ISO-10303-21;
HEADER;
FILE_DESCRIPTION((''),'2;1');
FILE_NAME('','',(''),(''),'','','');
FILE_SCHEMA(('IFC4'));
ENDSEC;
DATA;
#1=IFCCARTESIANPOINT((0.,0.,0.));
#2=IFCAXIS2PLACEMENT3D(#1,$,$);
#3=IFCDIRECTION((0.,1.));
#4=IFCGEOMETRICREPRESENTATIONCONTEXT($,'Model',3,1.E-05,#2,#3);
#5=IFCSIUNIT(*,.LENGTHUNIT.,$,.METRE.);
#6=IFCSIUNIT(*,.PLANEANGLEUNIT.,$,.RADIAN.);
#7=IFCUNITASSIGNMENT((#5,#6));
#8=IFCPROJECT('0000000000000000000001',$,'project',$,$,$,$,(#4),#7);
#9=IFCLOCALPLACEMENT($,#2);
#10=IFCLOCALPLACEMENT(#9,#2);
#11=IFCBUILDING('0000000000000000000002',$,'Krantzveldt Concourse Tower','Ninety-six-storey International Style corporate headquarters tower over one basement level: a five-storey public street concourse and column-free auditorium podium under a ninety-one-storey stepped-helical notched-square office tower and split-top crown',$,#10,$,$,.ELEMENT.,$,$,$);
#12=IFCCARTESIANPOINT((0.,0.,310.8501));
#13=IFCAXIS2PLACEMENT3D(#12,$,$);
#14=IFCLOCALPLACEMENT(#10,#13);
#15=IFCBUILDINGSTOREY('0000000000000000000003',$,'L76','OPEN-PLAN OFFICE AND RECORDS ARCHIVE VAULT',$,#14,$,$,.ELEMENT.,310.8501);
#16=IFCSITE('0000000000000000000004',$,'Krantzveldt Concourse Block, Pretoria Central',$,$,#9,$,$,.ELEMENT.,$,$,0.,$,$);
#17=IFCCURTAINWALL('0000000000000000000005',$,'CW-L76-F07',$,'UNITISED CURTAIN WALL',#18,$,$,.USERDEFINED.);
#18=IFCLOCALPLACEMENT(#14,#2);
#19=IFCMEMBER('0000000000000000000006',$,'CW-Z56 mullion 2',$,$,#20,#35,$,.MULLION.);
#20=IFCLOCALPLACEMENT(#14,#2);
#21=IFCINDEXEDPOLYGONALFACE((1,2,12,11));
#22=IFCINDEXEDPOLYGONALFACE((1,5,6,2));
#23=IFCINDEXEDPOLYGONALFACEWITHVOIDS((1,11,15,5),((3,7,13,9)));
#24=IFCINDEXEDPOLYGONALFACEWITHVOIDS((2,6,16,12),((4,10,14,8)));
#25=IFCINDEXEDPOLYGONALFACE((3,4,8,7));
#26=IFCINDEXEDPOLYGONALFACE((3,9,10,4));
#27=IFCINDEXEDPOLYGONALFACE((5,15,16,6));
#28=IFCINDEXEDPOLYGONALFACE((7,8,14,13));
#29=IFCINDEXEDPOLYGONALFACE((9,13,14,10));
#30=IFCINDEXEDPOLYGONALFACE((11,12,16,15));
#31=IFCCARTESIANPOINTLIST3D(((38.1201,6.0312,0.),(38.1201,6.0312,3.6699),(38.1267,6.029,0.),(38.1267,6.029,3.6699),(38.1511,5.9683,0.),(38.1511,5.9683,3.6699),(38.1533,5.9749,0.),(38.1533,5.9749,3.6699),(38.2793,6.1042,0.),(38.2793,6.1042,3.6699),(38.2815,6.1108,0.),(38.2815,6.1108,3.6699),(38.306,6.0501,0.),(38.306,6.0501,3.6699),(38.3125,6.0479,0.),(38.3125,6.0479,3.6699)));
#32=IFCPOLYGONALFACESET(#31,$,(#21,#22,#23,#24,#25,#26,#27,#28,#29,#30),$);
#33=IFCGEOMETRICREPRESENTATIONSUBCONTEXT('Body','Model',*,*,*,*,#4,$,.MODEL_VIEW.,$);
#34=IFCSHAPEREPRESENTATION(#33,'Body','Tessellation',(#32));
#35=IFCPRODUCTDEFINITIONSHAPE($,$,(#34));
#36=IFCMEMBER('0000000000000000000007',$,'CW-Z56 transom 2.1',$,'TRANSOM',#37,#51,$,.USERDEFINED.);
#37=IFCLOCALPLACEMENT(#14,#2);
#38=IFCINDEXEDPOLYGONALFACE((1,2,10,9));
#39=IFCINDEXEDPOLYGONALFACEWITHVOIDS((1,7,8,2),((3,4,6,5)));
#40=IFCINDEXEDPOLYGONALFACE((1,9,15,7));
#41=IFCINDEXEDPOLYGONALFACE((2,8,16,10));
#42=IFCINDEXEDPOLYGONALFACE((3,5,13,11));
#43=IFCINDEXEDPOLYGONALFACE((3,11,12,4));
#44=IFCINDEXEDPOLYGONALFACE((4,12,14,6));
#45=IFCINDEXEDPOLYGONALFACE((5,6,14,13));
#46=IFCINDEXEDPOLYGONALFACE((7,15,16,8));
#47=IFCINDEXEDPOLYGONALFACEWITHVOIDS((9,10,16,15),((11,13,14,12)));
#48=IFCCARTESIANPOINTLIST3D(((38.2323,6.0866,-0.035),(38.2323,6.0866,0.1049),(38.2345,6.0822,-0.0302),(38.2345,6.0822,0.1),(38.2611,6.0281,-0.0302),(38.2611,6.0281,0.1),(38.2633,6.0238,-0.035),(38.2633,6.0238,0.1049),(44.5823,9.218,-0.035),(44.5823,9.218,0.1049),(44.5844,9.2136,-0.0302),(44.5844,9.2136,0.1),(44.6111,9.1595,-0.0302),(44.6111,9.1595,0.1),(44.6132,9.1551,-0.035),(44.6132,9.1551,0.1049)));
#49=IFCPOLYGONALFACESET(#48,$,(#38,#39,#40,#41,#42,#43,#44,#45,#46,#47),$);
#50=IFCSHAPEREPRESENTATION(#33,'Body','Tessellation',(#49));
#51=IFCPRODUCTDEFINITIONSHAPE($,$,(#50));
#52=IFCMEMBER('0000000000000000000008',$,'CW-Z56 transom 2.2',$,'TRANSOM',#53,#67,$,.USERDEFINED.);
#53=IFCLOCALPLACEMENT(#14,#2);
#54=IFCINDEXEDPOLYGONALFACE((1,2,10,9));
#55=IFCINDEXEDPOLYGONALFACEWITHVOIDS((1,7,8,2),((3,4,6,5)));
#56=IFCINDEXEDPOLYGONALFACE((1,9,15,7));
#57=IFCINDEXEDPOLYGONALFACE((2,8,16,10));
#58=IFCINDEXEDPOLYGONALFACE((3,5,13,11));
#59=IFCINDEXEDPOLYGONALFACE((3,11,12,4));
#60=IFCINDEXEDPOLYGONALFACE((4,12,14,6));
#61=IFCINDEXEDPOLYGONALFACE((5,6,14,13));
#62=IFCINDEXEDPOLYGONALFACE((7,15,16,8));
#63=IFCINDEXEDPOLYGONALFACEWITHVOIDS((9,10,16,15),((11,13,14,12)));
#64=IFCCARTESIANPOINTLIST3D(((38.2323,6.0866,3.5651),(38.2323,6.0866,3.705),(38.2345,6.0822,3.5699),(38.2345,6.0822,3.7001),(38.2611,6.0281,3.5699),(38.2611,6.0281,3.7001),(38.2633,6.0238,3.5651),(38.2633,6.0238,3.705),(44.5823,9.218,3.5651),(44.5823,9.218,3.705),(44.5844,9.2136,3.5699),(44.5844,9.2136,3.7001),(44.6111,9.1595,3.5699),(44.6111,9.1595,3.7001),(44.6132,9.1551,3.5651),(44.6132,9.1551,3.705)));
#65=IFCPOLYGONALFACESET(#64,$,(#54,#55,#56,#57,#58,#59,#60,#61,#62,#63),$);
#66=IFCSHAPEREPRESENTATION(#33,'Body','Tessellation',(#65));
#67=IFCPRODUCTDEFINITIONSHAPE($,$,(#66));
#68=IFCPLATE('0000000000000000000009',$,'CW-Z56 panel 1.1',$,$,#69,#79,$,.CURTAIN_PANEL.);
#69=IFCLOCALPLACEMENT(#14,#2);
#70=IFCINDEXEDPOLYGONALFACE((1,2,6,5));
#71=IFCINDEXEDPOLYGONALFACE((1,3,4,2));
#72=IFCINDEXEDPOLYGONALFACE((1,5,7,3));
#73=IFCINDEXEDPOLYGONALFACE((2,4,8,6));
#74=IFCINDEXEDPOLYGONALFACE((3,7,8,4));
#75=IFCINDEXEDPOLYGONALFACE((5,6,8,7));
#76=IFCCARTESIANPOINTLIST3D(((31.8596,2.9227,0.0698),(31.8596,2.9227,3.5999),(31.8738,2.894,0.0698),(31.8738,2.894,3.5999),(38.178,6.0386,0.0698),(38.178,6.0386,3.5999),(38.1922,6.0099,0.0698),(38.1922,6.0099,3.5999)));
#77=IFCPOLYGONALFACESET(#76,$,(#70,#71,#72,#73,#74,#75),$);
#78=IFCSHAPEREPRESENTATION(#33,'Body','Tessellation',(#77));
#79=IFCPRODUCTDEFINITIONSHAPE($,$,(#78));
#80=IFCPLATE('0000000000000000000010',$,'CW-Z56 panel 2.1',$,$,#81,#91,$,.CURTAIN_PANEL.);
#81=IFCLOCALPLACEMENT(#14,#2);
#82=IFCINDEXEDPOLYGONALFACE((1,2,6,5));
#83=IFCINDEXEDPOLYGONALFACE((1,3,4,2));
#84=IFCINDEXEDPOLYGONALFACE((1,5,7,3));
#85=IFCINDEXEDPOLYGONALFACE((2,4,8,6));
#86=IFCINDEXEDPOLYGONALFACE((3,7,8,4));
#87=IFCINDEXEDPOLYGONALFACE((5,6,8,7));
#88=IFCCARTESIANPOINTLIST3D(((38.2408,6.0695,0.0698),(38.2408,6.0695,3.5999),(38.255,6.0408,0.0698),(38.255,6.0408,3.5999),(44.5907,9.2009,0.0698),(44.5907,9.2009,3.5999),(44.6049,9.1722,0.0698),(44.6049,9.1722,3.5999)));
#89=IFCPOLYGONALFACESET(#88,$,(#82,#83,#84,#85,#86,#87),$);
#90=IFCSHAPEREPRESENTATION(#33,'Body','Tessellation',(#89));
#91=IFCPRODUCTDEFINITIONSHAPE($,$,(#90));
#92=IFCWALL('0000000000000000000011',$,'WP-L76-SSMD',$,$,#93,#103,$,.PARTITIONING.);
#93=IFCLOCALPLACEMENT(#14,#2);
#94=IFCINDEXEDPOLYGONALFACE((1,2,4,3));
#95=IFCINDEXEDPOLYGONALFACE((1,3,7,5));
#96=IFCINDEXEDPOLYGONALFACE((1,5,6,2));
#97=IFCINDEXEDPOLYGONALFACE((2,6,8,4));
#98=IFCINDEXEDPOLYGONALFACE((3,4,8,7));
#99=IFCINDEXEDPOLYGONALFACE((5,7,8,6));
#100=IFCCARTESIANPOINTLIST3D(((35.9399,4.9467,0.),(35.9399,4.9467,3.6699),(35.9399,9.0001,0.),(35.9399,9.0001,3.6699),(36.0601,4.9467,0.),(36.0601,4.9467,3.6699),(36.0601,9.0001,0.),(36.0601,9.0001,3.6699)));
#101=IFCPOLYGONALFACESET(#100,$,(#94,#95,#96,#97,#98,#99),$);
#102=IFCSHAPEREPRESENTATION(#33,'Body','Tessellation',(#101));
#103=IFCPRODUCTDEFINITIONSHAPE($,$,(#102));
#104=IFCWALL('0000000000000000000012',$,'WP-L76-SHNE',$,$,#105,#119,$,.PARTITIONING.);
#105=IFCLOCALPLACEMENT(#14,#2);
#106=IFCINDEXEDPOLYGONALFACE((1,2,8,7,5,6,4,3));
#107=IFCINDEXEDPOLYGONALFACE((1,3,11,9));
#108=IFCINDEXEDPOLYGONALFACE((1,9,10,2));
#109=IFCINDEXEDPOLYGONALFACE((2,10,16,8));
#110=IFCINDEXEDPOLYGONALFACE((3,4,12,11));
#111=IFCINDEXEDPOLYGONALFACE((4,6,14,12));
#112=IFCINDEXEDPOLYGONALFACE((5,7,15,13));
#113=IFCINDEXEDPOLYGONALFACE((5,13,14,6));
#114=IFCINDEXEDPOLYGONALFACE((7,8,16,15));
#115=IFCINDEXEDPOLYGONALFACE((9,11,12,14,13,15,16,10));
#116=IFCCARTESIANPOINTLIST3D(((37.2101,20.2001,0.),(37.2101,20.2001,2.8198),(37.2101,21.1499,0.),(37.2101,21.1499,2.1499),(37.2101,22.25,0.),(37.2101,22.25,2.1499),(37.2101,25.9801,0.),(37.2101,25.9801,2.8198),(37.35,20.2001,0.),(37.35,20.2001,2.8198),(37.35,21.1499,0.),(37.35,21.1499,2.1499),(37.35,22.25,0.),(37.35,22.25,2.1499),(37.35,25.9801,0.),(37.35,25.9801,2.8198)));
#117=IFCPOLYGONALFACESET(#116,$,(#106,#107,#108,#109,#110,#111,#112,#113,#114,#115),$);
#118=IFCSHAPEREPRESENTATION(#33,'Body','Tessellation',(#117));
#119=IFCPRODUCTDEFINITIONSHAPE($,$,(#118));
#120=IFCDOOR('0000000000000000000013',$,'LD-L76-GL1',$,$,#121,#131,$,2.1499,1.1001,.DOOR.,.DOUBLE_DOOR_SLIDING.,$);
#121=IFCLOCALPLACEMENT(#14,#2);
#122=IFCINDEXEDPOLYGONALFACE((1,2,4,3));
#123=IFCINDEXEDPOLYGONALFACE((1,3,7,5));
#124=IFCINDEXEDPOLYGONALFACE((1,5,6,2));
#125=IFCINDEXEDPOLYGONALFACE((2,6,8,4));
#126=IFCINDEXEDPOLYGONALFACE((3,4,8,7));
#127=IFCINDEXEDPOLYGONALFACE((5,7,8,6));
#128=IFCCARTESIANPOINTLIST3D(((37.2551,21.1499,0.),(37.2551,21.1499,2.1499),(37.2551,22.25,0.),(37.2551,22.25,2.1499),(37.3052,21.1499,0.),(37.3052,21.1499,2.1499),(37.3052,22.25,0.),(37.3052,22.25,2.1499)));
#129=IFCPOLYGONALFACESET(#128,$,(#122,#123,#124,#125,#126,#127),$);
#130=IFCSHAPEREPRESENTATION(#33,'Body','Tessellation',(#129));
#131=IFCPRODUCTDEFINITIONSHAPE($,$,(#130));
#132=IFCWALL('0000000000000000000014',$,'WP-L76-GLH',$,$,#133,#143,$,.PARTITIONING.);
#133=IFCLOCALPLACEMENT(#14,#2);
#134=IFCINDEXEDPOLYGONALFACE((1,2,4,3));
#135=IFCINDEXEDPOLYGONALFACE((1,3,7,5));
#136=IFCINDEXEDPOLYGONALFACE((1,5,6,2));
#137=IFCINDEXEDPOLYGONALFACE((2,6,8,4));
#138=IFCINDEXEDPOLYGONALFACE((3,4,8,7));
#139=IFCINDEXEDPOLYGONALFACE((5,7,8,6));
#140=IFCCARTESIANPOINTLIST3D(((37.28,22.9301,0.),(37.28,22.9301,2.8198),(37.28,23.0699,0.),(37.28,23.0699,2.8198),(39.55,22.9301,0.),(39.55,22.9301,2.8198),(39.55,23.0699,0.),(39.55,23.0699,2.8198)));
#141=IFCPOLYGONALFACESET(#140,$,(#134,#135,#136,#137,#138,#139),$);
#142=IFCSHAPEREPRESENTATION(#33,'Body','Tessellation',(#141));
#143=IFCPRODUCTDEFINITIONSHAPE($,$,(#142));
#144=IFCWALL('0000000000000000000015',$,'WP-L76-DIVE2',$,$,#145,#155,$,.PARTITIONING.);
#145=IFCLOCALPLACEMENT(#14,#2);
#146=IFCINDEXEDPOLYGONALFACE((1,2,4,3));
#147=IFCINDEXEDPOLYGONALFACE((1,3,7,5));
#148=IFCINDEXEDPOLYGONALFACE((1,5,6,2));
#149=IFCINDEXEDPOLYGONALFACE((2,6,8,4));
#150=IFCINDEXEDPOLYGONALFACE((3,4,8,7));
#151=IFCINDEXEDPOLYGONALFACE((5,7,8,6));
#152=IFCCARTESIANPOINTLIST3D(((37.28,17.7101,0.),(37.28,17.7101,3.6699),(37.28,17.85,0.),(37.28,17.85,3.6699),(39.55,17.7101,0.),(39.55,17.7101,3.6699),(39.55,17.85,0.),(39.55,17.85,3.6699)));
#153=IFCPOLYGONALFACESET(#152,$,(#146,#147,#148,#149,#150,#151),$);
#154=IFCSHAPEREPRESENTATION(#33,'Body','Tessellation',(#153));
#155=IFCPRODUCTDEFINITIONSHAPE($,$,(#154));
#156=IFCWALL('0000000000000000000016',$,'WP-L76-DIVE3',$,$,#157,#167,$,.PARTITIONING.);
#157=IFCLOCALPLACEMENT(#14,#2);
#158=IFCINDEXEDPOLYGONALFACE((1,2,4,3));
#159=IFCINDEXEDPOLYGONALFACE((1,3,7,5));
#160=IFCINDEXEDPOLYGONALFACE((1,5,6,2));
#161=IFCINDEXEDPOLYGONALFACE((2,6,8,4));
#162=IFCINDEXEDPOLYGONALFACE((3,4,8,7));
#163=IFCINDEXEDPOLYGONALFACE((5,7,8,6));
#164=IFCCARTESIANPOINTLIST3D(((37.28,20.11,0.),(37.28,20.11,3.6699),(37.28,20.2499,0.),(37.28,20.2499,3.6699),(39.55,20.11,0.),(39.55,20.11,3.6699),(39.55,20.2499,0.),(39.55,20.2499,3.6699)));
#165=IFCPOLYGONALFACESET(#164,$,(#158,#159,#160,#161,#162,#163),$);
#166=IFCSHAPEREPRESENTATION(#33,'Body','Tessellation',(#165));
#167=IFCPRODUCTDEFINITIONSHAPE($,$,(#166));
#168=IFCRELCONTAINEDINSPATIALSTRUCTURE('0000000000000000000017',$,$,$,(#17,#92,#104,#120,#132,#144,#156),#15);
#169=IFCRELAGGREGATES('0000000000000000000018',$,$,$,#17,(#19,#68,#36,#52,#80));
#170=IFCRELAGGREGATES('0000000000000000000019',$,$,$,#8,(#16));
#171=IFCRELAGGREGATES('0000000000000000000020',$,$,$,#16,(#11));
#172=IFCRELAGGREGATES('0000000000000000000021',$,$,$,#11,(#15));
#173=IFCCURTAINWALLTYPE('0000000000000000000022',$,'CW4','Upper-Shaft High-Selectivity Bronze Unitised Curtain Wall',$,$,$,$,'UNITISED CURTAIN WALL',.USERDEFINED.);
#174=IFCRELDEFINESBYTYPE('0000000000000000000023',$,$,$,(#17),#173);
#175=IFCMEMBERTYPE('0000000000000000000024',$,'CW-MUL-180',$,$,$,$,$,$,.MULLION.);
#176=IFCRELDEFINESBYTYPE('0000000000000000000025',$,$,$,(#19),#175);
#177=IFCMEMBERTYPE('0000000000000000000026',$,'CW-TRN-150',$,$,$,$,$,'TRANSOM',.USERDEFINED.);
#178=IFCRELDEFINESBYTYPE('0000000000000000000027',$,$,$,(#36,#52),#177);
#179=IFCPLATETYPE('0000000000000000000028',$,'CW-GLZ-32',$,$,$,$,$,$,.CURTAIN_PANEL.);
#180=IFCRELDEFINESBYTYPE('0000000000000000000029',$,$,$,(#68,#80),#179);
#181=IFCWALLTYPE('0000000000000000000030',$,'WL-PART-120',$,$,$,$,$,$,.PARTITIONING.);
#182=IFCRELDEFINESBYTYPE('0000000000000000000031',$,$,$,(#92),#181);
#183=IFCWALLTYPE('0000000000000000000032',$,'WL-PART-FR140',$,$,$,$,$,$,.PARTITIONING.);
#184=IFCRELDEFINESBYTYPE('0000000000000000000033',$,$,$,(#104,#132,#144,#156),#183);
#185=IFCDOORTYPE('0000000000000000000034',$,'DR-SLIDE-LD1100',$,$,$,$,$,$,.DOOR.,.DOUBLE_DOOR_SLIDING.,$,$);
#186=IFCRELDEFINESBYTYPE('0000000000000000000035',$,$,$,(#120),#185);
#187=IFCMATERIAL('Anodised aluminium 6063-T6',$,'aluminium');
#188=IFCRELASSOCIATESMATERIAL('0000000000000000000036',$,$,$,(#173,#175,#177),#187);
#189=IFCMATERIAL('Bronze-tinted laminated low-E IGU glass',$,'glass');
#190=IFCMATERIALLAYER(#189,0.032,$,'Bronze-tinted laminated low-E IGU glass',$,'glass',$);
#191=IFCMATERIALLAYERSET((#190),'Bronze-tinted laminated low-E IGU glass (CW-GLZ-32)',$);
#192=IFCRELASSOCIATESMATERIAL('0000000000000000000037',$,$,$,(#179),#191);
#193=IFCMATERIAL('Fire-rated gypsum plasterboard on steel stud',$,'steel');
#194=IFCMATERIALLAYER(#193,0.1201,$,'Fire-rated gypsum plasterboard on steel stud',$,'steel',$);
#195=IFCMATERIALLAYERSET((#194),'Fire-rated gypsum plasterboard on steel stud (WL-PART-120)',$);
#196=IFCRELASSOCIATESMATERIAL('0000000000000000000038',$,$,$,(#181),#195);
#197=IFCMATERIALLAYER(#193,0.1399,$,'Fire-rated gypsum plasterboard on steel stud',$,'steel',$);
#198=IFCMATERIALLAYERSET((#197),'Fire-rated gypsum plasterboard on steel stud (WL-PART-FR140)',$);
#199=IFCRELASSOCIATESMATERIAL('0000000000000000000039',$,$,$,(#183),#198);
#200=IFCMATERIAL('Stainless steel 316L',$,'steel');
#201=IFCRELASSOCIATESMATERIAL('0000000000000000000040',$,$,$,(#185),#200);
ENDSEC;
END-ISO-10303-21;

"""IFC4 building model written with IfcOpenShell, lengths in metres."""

from ifc_helpers import new_model, si_unit, direction, frame, frame_2d, origin, origin_2d, place, context, subcontext, project, spatial, rectangle, hollow_rectangle, extrude, source, transform, mapped, material, layer, layer_set, material_profile, profile_set, type_object, type_shapes, element, fill, aggregate, save


model = new_model("IFC4")

# Units and contexts
model_context = context("Model", 3, precision=1e-05, world=origin(), true_north=direction((0.0, 1.0)))
body_context = subcontext(model_context, "Body", "Model", "MODEL_VIEW")
ifc_project = project(units=[si_unit("LENGTHUNIT", "METRE"), si_unit("PLANEANGLEUNIT", "RADIAN")], contexts=[model_context])

# Site, building, storey
site_placement = place(None, origin())
site = spatial("IfcSite", under=ifc_project, at=site_placement, Name="Krantzveldt Concourse Block, Pretoria Central", CompositionType="ELEMENT", RefElevation=0.0)
building_placement = place(site_placement, origin())
building = spatial("IfcBuilding", under=site, at=building_placement, Name="Krantzveldt Concourse Tower", Description="Ninety-six-storey International Style corporate headquarters tower over one basement level: a five-storey public street concourse and column-free auditorium podium under a ninety-one-storey stepped-helical notched-square office tower and split-top crown", CompositionType="ELEMENT")
storey_placement = place(building_placement, frame((0.0, 0.0, 310.8501)))
storey = spatial("IfcBuildingStorey", under=building, at=storey_placement, Name="L76", Description="OPEN-PLAN OFFICE AND RECORDS ARCHIVE VAULT", CompositionType="ELEMENT", Elevation=310.8501)

# Curtain wall, members, plates
ifc_material_1 = material(Name="Anodised aluminium 6063-T6", Category="aluminium")
curtain_wall_type = type_object("IfcCurtainWallType", Name="CW4", Description="Upper-Shaft High-Selectivity Bronze Unitised Curtain Wall", ElementType="UNITISED CURTAIN WALL", PredefinedType="USERDEFINED", material=ifc_material_1)
curtain_wall_placement = place(storey_placement, origin())
curtain_wall = element("IfcCurtainWall", 1, at=curtain_wall_placement, inside=storey, type_object=curtain_wall_type, Name="CW-L76-F07", ObjectType="UNITISED CURTAIN WALL", PredefinedType="USERDEFINED")
ifc_material_profile_1 = material_profile(ifc_material_1, hollow_rectangle(XDim=0.0701, YDim=0.1799, WallThickness=0.0049, at=origin_2d()), Name="Anodised aluminium 6063-T6", Category="aluminium")
ifc_profile_set_1 = profile_set([ifc_material_profile_1], Name="Anodised aluminium 6063-T6 - ALU-MULL 180x70x5")
member_type_1 = type_object("IfcMemberType", Name="CW-MUL-180", PredefinedType="MULLION", material=ifc_profile_set_1)
shared_shape_1 = source(origin(), body_context, "Body", "SweptSolid", [
    extrude(hollow_rectangle(XDim=0.0701, YDim=0.1799, WallThickness=0.0049, at=origin_2d()), origin(), (0.0, 0.0, 1.0), 3.6699),
])
type_shapes(member_type_1, [shared_shape_1])
member_1_placement = place(storey_placement, frame((38.2163, 6.0396, 0.0), z_axis=(0.0, 0.0, 1.0), x_axis=(-0.442289, 0.896873, 0.0)))
member_1 = element("IfcMember", 2, at=member_1_placement, type_object=member_type_1, Name="CW-Z56 mullion 2", PredefinedType="MULLION", context=body_context, shape_type="MappedRepresentation", body=[
    mapped(shared_shape_1, transform((0.0, 0.0, 0.0), x_axis=(1.0, 0.0, 0.0), y_axis=(0.0, 1.0, 0.0), z_axis=(0.0, 0.0, 1.0), scale=1.0)),
])
ifc_material_profile_2 = material_profile(ifc_material_1, hollow_rectangle(XDim=0.0701, YDim=0.1399, WallThickness=0.0049, at=origin_2d()), Name="Anodised aluminium 6063-T6", Category="aluminium")
ifc_profile_set_2 = profile_set([ifc_material_profile_2], Name="Anodised aluminium 6063-T6 - ALU-TRAN 140x70x5")
member_type_2 = type_object("IfcMemberType", Name="CW-TRN-150", ElementType="TRANSOM", PredefinedType="USERDEFINED", material=ifc_profile_set_2)
shared_shape_2 = source(origin(), body_context, "Body", "SweptSolid", [
    extrude(hollow_rectangle(XDim=0.0701, YDim=0.1399, WallThickness=0.0049, at=origin_2d()), origin(), (0.0, 0.0, 1.0), 7.0801),
])
type_shapes(member_type_2, [shared_shape_2])
member_2_placement = place(storey_placement, frame((38.2478, 6.0552, 0.0349), z_axis=(0.896876, 0.442283, 0.0), x_axis=(-0.442283, 0.896876, 0.0)))
member_2 = element("IfcMember", 3, at=member_2_placement, type_object=member_type_2, Name="CW-Z56 transom 2.1", ObjectType="TRANSOM", PredefinedType="USERDEFINED", context=body_context, shape_type="MappedRepresentation", body=[
    mapped(shared_shape_2, transform((0.0, 0.0, 0.0), x_axis=(1.0, 0.0, 0.0), y_axis=(0.0, 1.0, 0.0), z_axis=(0.0, 0.0, 1.0), scale=1.0)),
])
member_3_placement = place(storey_placement, frame((38.2478, 6.0552, 3.635), z_axis=(0.896876, 0.442283, 0.0), x_axis=(-0.442283, 0.896876, 0.0)))
member_3 = element("IfcMember", 4, at=member_3_placement, type_object=member_type_2, Name="CW-Z56 transom 2.2", ObjectType="TRANSOM", PredefinedType="USERDEFINED", context=body_context, shape_type="MappedRepresentation", body=[
    mapped(shared_shape_2, transform((0.0, 0.0, 0.0), x_axis=(1.0, 0.0, 0.0), y_axis=(0.0, 1.0, 0.0), z_axis=(0.0, 0.0, 1.0), scale=1.0)),
])
ifc_material_2 = material(Name="Bronze-tinted laminated low-E IGU glass", Category="glass")
ifc_layer_1 = layer(ifc_material_2, 0.032, Name="Bronze-tinted laminated low-E IGU glass", Category="glass")
ifc_layer_set_1 = layer_set([ifc_layer_1], Name="Bronze-tinted laminated low-E IGU glass (CW-GLZ-32)")
plate_type = type_object("IfcPlateType", Name="CW-GLZ-32", PredefinedType="CURTAIN_PANEL", material=ifc_layer_set_1)
shared_shape_3 = source(origin(), body_context, "Body", "SweptSolid", [
    extrude(rectangle(XDim=7.0449, YDim=0.032, at=origin_2d()), origin(), (0.0, 0.0, 1.0), 3.53),
])
plate_1_placement = place(storey_placement, frame((35.0259, 4.4663, 0.0698), z_axis=(0.0, 0.0, 1.0), x_axis=(0.896873, 0.442289, 0.0)))
plate_1 = element("IfcPlate", 5, at=plate_1_placement, type_object=plate_type, Name="CW-Z56 panel 1.1", PredefinedType="CURTAIN_PANEL", context=body_context, shape_type="MappedRepresentation", body=[
    mapped(shared_shape_3, transform((0.0, 0.0, 0.0), x_axis=(1.0, 0.0, 0.0), y_axis=(0.0, 1.0, 0.0), z_axis=(0.0, 0.0, 1.0), scale=1.0)),
])
shared_shape_4 = source(origin(), body_context, "Body", "SweptSolid", [
    extrude(rectangle(XDim=7.0801, YDim=0.032, at=origin_2d()), origin(), (0.0, 0.0, 1.0), 3.53),
])
type_shapes(plate_type, [shared_shape_3, shared_shape_4])
plate_2_placement = place(storey_placement, frame((41.4229, 7.6208, 0.0698), z_axis=(0.0, 0.0, 1.0), x_axis=(0.896873, 0.442289, 0.0)))
plate_2 = element("IfcPlate", 6, at=plate_2_placement, type_object=plate_type, Name="CW-Z56 panel 2.1", PredefinedType="CURTAIN_PANEL", context=body_context, shape_type="MappedRepresentation", body=[
    mapped(shared_shape_4, transform((0.0, 0.0, 0.0), x_axis=(1.0, 0.0, 0.0), y_axis=(0.0, 1.0, 0.0), z_axis=(0.0, 0.0, 1.0), scale=1.0)),
])
aggregate(curtain_wall, [member_1, plate_1, member_2, member_3, plate_2])

# Wall
ifc_material_3 = material(Name="Fire-rated gypsum plasterboard on steel stud", Category="steel")
ifc_layer_2 = layer(ifc_material_3, 0.1201, Name="Fire-rated gypsum plasterboard on steel stud", Category="steel")
ifc_layer_set_2 = layer_set([ifc_layer_2], Name="Fire-rated gypsum plasterboard on steel stud (WL-PART-120)")
wall_type_1 = type_object("IfcWallType", Name="WL-PART-120", PredefinedType="PARTITIONING", material=ifc_layer_set_2)
wall_1_placement = place(storey_placement, frame((36.0, 4.9465, 0.0), z_axis=(0.0, 0.0, 1.0), x_axis=(0.0, 1.0, 0.0)))
element("IfcWall", 7, at=wall_1_placement, inside=storey, type_object=wall_type_1, Name="WP-L76-SSMD", PredefinedType="PARTITIONING", context=body_context, shape_type="SweptSolid", body=[
    extrude(rectangle(XDim=4.0535, YDim=0.1201, at=frame_2d((2.0269, 0.0))), origin(), (0.0, 0.0, 1.0), 3.6699),
])

# Wall, opening, door
ifc_layer_3 = layer(ifc_material_3, 0.1399, Name="Fire-rated gypsum plasterboard on steel stud", Category="steel")
ifc_layer_set_3 = layer_set([ifc_layer_3], Name="Fire-rated gypsum plasterboard on steel stud (WL-PART-FR140)")
wall_type_2 = type_object("IfcWallType", Name="WL-PART-FR140", PredefinedType="PARTITIONING", material=ifc_layer_set_3)
wall_2_placement = place(storey_placement, frame((37.28, 20.2, 0.0), z_axis=(0.0, 0.0, 1.0), x_axis=(0.0, 1.0, 0.0)))
wall_2 = element("IfcWall", 8, at=wall_2_placement, inside=storey, type_object=wall_type_2, Name="WP-L76-SHNE", PredefinedType="PARTITIONING", context=body_context, shape_type="SweptSolid", body=[
    extrude(rectangle(XDim=5.78, YDim=0.1399, at=frame_2d((2.8901, 0.0))), origin(), (0.0, 0.0, 1.0), 2.8198),
])
opening_1_placement = place(wall_2_placement, frame((0.95, 0.0, 0.0)))
opening_1 = element("IfcOpeningElement", 9, at=opening_1_placement, cuts=wall_2, PredefinedType="OPENING", context=body_context, shape_type="SweptSolid", body=[
    extrude(rectangle(XDim=1.1001, YDim=2.1499, at=frame_2d((0.55, 1.075))), frame((0.0, 0.0801, 0.0), z_axis=(0.0, -1.0, 0.0), x_axis=(1.0, 0.0, 0.0)), (0.0, 0.0, 1.0), 0.1599),
])
ifc_material_4 = material(Name="Stainless steel 316L", Category="steel")
door_type_1 = type_object("IfcDoorType", Name="DR-SLIDE-LD1100", OperationType="DOUBLE_DOOR_SLIDING", PredefinedType="DOOR", material=ifc_material_4)
door_1_placement = place(opening_1_placement, origin())
door_1 = element("IfcDoor", 10, at=door_1_placement, inside=storey, type_object=door_type_1, Name="LD-L76-GL1", OperationType="DOUBLE_DOOR_SLIDING", OverallHeight=2.1499, OverallWidth=1.1001, PredefinedType="DOOR", context=body_context, shape_type="SweptSolid", body=[
    extrude(rectangle(XDim=1.1001, YDim=2.1499, at=frame_2d((0.55, 1.075))), frame((0.0, 0.0249, 0.0), z_axis=(0.0, -1.0, 0.0), x_axis=(1.0, 0.0, 0.0)), (0.0, 0.0, 1.0), 0.05),
])
fill(opening_1, door_1)

# Wall
wall_3_placement = place(storey_placement, frame((37.28, 23.0, 0.0), z_axis=(0.0, 0.0, 1.0), x_axis=(1.0, 0.0, 0.0)))
element("IfcWall", 11, at=wall_3_placement, inside=storey, type_object=wall_type_2, Name="WP-L76-GLH", PredefinedType="PARTITIONING", context=body_context, shape_type="SweptSolid", body=[
    extrude(rectangle(XDim=2.27, YDim=0.1399, at=frame_2d((1.135, 0.0))), origin(), (0.0, 0.0, 1.0), 2.8198),
])

# Walls
for number, where, z_axis, x_axis, name in (
    (12, (37.28, 17.78, 0.0), (0.0, 0.0, 1.0), (1.0, 0.0, 0.0), "WP-L76-DIVE2"),
    (13, (37.28, 20.1799, 0.0), (0.0, 0.0, 1.0), (1.0, 0.0, 0.0), "WP-L76-DIVE3"),
):
    element("IfcWall", number, at=place(storey_placement, frame(where, z_axis=z_axis, x_axis=x_axis)), inside=storey, type_object=wall_type_2, Name=name, PredefinedType="PARTITIONING", context=body_context, shape_type="SweptSolid", body=[
        extrude(rectangle(XDim=2.27, YDim=0.1399, at=frame_2d((1.135, 0.0))), origin(), (0.0, 0.0, 1.0), 3.6699),
    ])

save(model, "model.ifc")
